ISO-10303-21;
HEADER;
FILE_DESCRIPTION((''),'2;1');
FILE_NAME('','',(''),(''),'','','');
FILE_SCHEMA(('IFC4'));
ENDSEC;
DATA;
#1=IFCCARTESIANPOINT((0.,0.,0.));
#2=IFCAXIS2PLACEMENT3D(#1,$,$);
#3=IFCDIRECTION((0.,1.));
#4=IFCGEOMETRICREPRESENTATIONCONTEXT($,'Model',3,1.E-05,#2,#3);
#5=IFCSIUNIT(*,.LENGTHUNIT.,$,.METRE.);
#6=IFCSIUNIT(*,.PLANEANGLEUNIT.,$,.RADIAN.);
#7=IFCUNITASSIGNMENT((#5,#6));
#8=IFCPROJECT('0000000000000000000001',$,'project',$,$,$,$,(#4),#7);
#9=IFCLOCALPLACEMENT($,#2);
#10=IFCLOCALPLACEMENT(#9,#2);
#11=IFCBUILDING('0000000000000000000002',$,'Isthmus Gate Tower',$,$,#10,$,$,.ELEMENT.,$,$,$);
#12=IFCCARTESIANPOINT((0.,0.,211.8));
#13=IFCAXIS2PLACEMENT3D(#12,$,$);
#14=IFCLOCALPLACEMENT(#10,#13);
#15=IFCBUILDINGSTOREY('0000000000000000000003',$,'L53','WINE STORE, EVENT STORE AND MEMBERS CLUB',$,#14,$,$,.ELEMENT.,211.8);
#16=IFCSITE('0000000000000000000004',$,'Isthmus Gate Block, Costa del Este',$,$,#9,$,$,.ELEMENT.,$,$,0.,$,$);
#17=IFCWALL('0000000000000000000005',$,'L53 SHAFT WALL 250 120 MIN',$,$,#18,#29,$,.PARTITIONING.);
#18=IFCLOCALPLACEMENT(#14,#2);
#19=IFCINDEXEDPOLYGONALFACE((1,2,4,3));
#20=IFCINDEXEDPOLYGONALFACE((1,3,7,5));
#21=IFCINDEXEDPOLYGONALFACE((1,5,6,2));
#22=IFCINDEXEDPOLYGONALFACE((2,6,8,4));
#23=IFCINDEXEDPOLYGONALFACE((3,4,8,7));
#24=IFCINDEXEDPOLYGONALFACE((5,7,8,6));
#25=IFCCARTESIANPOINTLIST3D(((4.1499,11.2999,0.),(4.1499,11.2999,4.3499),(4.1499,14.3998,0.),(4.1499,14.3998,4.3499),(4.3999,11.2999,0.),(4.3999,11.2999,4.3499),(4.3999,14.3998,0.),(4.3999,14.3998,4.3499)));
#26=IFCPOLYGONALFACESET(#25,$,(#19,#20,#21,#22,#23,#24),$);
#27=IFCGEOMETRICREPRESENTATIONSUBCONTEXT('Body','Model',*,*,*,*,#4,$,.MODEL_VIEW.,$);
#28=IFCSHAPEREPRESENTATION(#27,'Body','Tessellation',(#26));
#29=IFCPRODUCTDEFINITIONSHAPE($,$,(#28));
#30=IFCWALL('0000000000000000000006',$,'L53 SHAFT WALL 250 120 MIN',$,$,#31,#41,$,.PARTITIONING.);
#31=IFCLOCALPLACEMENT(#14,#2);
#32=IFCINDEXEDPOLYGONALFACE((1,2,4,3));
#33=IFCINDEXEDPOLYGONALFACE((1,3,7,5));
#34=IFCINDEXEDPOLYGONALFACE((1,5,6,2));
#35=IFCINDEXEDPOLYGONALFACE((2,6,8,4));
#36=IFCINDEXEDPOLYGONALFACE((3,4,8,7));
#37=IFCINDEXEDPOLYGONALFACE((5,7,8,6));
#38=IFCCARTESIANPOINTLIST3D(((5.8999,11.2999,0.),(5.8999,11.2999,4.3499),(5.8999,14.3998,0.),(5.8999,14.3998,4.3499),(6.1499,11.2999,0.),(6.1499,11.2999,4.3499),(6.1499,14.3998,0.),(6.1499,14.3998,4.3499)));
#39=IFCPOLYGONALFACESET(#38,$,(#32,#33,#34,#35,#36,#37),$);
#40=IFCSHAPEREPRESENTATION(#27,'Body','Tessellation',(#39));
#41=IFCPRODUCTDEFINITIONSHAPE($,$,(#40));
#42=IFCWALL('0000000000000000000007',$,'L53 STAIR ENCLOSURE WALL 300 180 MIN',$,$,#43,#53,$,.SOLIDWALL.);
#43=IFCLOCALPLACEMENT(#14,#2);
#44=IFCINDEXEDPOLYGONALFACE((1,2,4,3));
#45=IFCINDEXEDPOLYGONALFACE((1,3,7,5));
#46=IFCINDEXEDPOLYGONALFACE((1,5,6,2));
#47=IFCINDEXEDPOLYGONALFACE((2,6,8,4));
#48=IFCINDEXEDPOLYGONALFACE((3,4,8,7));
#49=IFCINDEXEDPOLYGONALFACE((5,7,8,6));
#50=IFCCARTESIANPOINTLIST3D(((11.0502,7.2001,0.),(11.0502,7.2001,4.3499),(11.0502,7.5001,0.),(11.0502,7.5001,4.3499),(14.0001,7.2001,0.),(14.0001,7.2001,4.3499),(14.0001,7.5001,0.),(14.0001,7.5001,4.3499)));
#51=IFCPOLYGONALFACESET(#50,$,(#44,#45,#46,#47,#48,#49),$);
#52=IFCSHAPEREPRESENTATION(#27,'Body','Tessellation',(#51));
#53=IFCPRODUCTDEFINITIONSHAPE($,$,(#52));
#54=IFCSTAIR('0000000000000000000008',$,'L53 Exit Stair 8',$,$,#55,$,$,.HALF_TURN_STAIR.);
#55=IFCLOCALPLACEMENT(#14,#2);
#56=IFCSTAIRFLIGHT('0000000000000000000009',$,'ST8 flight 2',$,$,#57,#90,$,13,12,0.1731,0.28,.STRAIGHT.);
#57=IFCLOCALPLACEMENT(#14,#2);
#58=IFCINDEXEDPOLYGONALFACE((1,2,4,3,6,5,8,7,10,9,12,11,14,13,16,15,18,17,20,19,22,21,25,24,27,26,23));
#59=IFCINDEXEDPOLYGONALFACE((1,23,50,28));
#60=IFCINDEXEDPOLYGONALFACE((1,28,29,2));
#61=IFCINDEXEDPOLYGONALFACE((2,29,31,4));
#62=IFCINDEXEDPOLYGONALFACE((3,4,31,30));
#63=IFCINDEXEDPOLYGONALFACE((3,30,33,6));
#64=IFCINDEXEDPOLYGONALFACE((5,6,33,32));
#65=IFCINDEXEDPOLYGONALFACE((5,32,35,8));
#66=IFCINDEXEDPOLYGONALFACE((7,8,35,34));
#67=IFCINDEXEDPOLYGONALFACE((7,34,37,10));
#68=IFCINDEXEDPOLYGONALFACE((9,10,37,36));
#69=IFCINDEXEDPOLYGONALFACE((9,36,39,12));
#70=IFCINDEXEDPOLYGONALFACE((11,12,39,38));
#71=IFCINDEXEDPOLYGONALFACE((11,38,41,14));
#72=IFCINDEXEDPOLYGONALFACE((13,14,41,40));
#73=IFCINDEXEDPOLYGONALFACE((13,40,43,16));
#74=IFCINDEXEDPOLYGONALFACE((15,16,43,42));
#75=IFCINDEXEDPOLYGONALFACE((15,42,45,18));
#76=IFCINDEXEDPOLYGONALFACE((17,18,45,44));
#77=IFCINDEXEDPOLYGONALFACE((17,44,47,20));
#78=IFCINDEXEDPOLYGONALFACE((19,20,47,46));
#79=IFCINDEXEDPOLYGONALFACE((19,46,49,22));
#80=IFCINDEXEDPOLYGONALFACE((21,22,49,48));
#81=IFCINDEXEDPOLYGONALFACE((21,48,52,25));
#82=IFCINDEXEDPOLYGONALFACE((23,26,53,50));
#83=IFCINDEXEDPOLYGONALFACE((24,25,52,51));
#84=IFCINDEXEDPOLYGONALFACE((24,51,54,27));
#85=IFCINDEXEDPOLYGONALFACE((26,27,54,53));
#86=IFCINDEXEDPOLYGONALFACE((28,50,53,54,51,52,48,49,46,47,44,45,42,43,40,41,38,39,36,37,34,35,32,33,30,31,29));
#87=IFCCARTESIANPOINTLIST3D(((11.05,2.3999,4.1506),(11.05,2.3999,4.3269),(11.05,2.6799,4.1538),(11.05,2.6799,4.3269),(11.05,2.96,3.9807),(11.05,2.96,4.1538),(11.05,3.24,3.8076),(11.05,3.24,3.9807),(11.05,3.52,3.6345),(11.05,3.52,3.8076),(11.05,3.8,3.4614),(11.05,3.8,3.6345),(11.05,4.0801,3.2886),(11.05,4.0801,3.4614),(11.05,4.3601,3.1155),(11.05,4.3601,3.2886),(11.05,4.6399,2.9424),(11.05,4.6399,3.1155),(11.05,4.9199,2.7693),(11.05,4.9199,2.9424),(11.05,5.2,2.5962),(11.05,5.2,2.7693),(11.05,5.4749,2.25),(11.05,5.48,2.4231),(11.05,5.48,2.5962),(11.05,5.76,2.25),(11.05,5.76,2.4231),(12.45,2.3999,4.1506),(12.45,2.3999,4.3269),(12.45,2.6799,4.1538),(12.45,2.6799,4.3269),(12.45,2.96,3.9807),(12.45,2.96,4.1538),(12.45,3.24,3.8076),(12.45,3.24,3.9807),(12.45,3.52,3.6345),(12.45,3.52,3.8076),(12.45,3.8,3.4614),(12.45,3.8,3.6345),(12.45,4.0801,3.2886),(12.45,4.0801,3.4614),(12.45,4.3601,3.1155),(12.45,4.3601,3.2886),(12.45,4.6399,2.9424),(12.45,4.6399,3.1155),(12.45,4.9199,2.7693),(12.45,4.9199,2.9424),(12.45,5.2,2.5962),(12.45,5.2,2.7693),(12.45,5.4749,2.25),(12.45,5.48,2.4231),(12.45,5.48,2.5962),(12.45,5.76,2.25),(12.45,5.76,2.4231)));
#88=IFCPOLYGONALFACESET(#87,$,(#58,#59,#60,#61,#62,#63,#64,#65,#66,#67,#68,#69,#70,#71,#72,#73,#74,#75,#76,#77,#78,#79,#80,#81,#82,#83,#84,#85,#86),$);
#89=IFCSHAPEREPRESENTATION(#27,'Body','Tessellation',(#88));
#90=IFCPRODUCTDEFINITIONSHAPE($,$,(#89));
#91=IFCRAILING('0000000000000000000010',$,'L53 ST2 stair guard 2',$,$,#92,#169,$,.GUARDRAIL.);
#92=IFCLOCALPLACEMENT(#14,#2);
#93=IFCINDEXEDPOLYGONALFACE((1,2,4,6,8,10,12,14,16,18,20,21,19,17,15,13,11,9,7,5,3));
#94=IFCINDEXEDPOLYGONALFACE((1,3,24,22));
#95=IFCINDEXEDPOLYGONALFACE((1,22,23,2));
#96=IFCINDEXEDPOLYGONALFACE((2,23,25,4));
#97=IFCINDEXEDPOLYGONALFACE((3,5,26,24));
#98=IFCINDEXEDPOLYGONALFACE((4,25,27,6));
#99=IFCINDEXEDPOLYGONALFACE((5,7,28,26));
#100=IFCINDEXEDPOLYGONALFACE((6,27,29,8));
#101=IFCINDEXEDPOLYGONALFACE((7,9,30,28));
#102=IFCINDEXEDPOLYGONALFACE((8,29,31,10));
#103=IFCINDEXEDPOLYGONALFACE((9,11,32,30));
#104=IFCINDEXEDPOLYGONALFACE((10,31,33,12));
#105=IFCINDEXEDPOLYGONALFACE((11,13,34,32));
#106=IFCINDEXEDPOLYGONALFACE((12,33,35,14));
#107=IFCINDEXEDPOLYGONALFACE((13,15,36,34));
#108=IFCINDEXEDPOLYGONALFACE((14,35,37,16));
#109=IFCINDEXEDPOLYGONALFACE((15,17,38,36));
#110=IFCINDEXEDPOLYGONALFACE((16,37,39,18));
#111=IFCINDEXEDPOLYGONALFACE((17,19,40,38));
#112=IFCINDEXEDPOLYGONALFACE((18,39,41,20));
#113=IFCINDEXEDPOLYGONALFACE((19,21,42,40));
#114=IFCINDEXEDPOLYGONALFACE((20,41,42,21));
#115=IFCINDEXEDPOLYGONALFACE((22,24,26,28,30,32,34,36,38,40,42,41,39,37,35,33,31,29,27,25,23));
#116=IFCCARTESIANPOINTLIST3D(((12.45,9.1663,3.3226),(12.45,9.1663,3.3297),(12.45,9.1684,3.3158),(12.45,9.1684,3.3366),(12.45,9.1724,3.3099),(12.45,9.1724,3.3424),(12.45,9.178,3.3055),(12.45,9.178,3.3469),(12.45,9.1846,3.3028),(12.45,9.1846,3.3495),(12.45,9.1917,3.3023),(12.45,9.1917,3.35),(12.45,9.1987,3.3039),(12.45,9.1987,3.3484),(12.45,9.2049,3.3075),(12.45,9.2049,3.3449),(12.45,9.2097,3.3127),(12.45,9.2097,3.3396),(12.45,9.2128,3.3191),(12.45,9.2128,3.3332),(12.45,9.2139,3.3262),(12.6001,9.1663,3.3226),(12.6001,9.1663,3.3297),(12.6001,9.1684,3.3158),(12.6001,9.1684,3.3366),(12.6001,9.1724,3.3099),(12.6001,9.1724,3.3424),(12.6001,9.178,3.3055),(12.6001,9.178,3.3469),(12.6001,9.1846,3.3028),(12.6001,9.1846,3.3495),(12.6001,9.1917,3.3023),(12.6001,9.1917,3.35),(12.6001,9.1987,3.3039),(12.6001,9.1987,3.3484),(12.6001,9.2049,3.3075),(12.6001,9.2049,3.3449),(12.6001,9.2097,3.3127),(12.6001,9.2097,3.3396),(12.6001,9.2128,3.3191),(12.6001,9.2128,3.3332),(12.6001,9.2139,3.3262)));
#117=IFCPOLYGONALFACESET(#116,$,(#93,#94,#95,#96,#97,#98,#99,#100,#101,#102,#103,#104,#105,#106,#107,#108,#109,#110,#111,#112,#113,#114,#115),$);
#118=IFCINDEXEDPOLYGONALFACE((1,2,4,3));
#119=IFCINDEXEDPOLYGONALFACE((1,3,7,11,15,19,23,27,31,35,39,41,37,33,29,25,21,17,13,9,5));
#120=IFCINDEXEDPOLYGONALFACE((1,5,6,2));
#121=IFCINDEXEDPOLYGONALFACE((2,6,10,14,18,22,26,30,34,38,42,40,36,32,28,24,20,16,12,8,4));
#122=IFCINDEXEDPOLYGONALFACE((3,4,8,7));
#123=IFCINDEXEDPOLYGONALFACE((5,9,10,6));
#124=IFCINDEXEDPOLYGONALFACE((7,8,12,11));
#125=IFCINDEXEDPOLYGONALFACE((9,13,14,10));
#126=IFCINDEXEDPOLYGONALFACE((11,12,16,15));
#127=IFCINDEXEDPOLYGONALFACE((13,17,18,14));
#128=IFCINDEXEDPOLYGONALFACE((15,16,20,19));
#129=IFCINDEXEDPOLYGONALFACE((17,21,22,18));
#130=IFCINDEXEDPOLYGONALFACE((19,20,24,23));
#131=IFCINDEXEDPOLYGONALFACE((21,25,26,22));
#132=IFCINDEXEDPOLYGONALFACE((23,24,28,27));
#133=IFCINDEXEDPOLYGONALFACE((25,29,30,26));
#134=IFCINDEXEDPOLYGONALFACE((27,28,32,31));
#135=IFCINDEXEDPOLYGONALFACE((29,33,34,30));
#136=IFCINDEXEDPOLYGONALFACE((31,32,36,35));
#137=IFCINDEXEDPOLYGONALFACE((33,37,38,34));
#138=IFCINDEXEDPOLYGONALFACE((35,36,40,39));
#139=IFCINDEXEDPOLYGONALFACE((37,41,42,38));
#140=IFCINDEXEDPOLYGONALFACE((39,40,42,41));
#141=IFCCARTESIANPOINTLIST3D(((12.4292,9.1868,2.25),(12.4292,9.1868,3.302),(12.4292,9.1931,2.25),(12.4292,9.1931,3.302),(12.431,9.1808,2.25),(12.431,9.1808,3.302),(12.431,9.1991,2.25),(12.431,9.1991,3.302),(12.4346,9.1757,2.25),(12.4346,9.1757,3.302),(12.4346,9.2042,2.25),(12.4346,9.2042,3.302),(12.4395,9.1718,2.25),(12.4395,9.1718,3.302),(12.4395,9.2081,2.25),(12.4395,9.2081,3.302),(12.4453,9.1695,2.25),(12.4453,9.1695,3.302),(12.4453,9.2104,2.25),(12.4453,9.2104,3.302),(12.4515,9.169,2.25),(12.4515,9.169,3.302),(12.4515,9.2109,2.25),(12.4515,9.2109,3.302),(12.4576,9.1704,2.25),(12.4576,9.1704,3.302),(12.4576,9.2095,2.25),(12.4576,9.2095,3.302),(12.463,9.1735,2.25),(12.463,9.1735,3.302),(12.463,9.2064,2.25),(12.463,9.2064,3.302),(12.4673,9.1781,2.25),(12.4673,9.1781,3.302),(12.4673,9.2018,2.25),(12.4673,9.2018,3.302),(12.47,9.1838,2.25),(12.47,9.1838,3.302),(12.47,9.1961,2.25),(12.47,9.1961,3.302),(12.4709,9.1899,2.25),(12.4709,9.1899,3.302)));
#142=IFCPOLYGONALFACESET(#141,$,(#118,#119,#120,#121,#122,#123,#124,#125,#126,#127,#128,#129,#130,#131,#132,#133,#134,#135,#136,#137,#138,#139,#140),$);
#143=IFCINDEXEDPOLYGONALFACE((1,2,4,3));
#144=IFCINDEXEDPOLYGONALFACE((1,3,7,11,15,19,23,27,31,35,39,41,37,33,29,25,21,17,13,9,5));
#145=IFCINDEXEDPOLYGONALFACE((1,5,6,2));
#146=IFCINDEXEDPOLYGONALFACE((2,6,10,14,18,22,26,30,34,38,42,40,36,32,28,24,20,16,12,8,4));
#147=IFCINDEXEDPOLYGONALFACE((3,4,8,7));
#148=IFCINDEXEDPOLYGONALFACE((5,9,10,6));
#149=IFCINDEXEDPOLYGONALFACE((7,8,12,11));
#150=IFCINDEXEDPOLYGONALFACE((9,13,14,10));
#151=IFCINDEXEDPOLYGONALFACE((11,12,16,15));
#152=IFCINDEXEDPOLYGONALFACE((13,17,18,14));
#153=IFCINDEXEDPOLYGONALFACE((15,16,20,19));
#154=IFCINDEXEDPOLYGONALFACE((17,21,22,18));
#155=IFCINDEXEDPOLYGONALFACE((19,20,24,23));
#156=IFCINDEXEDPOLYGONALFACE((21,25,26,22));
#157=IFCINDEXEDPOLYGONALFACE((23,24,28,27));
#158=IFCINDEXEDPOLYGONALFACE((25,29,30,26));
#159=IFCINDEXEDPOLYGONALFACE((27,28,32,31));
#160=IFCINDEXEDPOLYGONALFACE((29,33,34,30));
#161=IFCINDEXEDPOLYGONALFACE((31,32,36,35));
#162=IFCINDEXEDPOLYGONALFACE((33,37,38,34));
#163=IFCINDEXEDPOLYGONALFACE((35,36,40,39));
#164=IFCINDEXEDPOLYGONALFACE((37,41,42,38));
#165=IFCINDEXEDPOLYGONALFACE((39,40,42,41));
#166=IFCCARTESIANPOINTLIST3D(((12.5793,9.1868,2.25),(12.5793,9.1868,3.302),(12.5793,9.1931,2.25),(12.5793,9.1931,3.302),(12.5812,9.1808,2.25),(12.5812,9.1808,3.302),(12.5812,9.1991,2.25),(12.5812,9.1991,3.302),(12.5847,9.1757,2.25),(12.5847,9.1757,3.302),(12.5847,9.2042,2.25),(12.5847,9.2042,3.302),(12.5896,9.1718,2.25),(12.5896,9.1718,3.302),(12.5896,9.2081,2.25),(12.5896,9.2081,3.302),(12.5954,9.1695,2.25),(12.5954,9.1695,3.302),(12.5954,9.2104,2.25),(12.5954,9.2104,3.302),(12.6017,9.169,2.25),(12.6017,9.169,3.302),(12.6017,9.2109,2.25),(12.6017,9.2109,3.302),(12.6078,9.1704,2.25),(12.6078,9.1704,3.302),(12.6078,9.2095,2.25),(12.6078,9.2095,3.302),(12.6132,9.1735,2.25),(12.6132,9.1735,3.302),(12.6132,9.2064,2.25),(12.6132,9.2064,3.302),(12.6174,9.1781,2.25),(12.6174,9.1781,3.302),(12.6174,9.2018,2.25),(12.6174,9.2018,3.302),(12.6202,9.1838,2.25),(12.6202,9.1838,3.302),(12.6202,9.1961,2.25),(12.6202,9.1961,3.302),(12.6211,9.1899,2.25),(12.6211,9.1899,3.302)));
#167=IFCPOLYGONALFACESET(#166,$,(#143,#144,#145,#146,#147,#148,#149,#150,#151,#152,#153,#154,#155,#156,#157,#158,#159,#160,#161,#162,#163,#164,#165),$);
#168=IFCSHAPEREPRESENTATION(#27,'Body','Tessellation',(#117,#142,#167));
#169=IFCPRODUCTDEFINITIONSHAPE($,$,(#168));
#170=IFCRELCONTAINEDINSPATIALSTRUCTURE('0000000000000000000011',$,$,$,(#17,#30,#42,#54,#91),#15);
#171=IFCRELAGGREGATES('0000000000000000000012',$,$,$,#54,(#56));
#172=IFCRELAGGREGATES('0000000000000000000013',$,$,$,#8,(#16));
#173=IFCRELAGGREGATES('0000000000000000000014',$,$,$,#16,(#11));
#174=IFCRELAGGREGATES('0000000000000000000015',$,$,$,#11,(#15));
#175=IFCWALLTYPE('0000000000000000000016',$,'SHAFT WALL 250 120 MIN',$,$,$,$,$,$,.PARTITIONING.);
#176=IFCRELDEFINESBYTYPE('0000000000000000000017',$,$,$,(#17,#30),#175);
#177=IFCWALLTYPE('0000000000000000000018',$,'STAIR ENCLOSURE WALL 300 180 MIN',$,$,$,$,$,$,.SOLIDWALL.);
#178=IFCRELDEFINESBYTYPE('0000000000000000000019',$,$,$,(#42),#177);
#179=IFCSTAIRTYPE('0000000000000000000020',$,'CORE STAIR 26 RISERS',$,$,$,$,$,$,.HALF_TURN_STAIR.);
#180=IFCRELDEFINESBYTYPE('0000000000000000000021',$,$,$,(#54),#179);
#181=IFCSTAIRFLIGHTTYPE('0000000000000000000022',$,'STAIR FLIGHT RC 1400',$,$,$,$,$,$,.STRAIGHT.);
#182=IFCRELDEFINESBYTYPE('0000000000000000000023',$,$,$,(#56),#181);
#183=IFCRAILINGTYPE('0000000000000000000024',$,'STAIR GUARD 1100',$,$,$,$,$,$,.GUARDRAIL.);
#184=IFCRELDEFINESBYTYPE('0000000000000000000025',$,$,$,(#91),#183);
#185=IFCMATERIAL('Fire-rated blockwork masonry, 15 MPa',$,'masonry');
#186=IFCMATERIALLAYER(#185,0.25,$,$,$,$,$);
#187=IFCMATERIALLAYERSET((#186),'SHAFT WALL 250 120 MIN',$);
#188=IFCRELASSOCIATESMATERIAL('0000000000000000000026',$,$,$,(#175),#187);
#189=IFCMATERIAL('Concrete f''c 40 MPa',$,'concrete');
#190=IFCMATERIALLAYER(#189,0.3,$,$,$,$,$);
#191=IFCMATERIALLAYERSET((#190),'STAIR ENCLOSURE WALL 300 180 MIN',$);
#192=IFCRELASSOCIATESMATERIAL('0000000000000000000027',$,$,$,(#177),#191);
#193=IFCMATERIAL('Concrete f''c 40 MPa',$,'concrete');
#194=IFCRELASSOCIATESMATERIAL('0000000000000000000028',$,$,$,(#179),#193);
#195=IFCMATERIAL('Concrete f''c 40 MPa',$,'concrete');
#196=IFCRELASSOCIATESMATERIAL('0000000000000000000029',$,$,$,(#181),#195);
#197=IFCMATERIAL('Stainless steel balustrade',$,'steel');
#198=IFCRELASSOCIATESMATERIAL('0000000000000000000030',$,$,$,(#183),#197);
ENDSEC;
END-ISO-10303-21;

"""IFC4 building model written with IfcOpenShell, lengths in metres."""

from ifc_helpers import new_model, si_unit, direction, frame, frame_2d, origin, origin_2d, place, context, subcontext, project, spatial, polyline, rectangle, circle, outline, extrude, material, layer, layer_set, type_object, element, aggregate, save


model = new_model("IFC4")

# Units and contexts
model_context = context("Model", 3, precision=1e-05, world=origin(), true_north=direction((0.0, 1.0)))
body_context = subcontext(model_context, "Body", "Model", "MODEL_VIEW")
ifc_project = project(units=[si_unit("LENGTHUNIT", "METRE"), si_unit("PLANEANGLEUNIT", "RADIAN")], contexts=[model_context])

# Site, building, storey
site_placement = place(None, origin())
site = spatial("IfcSite", under=ifc_project, at=site_placement, Name="Isthmus Gate Block, Costa del Este", CompositionType="ELEMENT", RefElevation=0.0)
building_placement = place(site_placement, origin())
building = spatial("IfcBuilding", under=site, at=building_placement, Name="Isthmus Gate Tower", CompositionType="ELEMENT")
storey_placement = place(building_placement, frame((0.0, 0.0, 211.8)))
storey = spatial("IfcBuildingStorey", under=building, at=storey_placement, Name="L53", Description="WINE STORE, EVENT STORE AND MEMBERS CLUB", CompositionType="ELEMENT", Elevation=211.8)

# Walls
ifc_material_1 = material(Name="Fire-rated blockwork masonry, 15 MPa", Category="masonry")
ifc_layer_1 = layer(ifc_material_1, 0.25)
ifc_layer_set_1 = layer_set([ifc_layer_1], Name="SHAFT WALL 250 120 MIN")
wall_type_1 = type_object("IfcWallType", Name="SHAFT WALL 250 120 MIN", PredefinedType="PARTITIONING", material=ifc_layer_set_1)
for number, where, z_axis, x_axis, name in (
    (1, (4.2749, 11.3, 0.0), (0.0, 0.0, 1.0), (0.0, 1.0, 0.0), "L53 SHAFT WALL 250 120 MIN"),
    (2, (6.0249, 11.3, 0.0), (0.0, 0.0, 1.0), (0.0, 1.0, 0.0), "L53 SHAFT WALL 250 120 MIN"),
):
    element("IfcWall", number, at=place(storey_placement, frame(where, z_axis=z_axis, x_axis=x_axis)), inside=storey, type_object=wall_type_1, Name=name, PredefinedType="PARTITIONING", context=body_context, shape_type="SweptSolid", body=[
        extrude(rectangle(XDim=3.0999, YDim=0.25, at=frame_2d((1.5498, 0.0))), origin(), (0.0, 0.0, 1.0), 4.3499),
    ])
ifc_material_2 = material(Name="Concrete f'c 40 MPa", Category="concrete")
ifc_layer_2 = layer(ifc_material_2, 0.3)
ifc_layer_set_2 = layer_set([ifc_layer_2], Name="STAIR ENCLOSURE WALL 300 180 MIN")
wall_type_2 = type_object("IfcWallType", Name="STAIR ENCLOSURE WALL 300 180 MIN", PredefinedType="SOLIDWALL", material=ifc_layer_set_2)
wall_1_placement = place(storey_placement, frame((11.05, 7.3501, 0.0), z_axis=(0.0, 0.0, 1.0), x_axis=(1.0, 0.0, 0.0)))
element("IfcWall", 3, at=wall_1_placement, inside=storey, type_object=wall_type_2, Name="L53 STAIR ENCLOSURE WALL 300 180 MIN", PredefinedType="SOLIDWALL", context=body_context, shape_type="SweptSolid", body=[
    extrude(rectangle(XDim=2.95, YDim=0.3, at=frame_2d((1.4751, 0.0))), origin(), (0.0, 0.0, 1.0), 4.3499),
])

# Stair, stair flight
ifc_material_3 = material(Name="Concrete f'c 40 MPa", Category="concrete")
stair_type = type_object("IfcStairType", Name="CORE STAIR 26 RISERS", PredefinedType="HALF_TURN_STAIR", material=ifc_material_3)
stair_placement = place(storey_placement, origin())
stair = element("IfcStair", 4, at=stair_placement, inside=storey, type_object=stair_type, Name="L53 Exit Stair 8", PredefinedType="HALF_TURN_STAIR")
ifc_material_4 = material(Name="Concrete f'c 40 MPa", Category="concrete")
stair_flight_type = type_object("IfcStairFlightType", Name="STAIR FLIGHT RC 1400", PredefinedType="STRAIGHT", material=ifc_material_4)
stair_flight_placement = place(storey_placement, frame((11.75, 5.76, 2.25), z_axis=(0.0, 0.0, 1.0), x_axis=(0.0, -1.0, 0.0)))
stair_flight = element("IfcStairFlight", 5, at=stair_flight_placement, type_object=stair_flight_type, Name="ST8 flight 2", NumberOfRisers=13, NumberOfTreads=12, PredefinedType="STRAIGHT", RiserHeight=0.1731, TreadLength=0.28, context=body_context, shape_type="SweptSolid", body=[
    extrude(outline(polyline([(0.0, 0.0), (0.0, 0.1731), (0.28, 0.1731), (0.28, 0.3462), (0.5601, 0.3462), (0.5601, 0.5193), (0.8401, 0.5193), (0.8401, 0.6924), (1.1201, 0.6924), (1.1201, 0.8655), (1.3999, 0.8655), (1.3999, 1.0386), (1.6799, 1.0386), (1.6799, 1.2114), (1.96, 1.2114), (1.96, 1.3845), (2.24, 1.3845), (2.24, 1.5576), (2.52, 1.5576), (2.52, 1.7307), (2.8, 1.7307), (2.8, 1.9038), (3.0801, 1.9038), (3.0801, 2.0769), (3.3601, 2.0769), (3.3601, 2.25), (3.3601, 1.9006), (0.2852, 0.0), (0.0, 0.0)])), frame((0.0, 0.7, 0.0), z_axis=(0.0, -1.0, 0.0), x_axis=(1.0, 0.0, 0.0)), (0.0, 0.0, 1.0), 1.3999),
])
aggregate(stair, [stair_flight])

# Railing
ifc_material_5 = material(Name="Stainless steel balustrade", Category="steel")
railing_type_1 = type_object("IfcRailingType", Name="STAIR GUARD 1100", PredefinedType="GUARDRAIL", material=ifc_material_5)
railing_1_placement = place(storey_placement, frame((12.45, 9.1899, 2.25)))
element("IfcRailing", 6, at=railing_1_placement, inside=storey, type_object=railing_type_1, Name="L53 ST2 stair guard 2", PredefinedType="GUARDRAIL", context=body_context, shape_type="SweptSolid", body=[
    extrude(circle(Radius=0.0239, at=origin_2d()), frame((0.0, 0.0, 1.0762), z_axis=(1.0, 0.0, 0.0), x_axis=(0.0, 1.0, 0.0)), (0.0, 0.0, 1.0), 0.1501),
    extrude(circle(Radius=0.021, at=origin_2d()), origin(), (0.0, 0.0, 1.0), 1.052),
    extrude(circle(Radius=0.021, at=origin_2d()), frame((0.1501, 0.0, 0.0)), (0.0, 0.0, 1.0), 1.052),
])

save(model, "model.ifc")
